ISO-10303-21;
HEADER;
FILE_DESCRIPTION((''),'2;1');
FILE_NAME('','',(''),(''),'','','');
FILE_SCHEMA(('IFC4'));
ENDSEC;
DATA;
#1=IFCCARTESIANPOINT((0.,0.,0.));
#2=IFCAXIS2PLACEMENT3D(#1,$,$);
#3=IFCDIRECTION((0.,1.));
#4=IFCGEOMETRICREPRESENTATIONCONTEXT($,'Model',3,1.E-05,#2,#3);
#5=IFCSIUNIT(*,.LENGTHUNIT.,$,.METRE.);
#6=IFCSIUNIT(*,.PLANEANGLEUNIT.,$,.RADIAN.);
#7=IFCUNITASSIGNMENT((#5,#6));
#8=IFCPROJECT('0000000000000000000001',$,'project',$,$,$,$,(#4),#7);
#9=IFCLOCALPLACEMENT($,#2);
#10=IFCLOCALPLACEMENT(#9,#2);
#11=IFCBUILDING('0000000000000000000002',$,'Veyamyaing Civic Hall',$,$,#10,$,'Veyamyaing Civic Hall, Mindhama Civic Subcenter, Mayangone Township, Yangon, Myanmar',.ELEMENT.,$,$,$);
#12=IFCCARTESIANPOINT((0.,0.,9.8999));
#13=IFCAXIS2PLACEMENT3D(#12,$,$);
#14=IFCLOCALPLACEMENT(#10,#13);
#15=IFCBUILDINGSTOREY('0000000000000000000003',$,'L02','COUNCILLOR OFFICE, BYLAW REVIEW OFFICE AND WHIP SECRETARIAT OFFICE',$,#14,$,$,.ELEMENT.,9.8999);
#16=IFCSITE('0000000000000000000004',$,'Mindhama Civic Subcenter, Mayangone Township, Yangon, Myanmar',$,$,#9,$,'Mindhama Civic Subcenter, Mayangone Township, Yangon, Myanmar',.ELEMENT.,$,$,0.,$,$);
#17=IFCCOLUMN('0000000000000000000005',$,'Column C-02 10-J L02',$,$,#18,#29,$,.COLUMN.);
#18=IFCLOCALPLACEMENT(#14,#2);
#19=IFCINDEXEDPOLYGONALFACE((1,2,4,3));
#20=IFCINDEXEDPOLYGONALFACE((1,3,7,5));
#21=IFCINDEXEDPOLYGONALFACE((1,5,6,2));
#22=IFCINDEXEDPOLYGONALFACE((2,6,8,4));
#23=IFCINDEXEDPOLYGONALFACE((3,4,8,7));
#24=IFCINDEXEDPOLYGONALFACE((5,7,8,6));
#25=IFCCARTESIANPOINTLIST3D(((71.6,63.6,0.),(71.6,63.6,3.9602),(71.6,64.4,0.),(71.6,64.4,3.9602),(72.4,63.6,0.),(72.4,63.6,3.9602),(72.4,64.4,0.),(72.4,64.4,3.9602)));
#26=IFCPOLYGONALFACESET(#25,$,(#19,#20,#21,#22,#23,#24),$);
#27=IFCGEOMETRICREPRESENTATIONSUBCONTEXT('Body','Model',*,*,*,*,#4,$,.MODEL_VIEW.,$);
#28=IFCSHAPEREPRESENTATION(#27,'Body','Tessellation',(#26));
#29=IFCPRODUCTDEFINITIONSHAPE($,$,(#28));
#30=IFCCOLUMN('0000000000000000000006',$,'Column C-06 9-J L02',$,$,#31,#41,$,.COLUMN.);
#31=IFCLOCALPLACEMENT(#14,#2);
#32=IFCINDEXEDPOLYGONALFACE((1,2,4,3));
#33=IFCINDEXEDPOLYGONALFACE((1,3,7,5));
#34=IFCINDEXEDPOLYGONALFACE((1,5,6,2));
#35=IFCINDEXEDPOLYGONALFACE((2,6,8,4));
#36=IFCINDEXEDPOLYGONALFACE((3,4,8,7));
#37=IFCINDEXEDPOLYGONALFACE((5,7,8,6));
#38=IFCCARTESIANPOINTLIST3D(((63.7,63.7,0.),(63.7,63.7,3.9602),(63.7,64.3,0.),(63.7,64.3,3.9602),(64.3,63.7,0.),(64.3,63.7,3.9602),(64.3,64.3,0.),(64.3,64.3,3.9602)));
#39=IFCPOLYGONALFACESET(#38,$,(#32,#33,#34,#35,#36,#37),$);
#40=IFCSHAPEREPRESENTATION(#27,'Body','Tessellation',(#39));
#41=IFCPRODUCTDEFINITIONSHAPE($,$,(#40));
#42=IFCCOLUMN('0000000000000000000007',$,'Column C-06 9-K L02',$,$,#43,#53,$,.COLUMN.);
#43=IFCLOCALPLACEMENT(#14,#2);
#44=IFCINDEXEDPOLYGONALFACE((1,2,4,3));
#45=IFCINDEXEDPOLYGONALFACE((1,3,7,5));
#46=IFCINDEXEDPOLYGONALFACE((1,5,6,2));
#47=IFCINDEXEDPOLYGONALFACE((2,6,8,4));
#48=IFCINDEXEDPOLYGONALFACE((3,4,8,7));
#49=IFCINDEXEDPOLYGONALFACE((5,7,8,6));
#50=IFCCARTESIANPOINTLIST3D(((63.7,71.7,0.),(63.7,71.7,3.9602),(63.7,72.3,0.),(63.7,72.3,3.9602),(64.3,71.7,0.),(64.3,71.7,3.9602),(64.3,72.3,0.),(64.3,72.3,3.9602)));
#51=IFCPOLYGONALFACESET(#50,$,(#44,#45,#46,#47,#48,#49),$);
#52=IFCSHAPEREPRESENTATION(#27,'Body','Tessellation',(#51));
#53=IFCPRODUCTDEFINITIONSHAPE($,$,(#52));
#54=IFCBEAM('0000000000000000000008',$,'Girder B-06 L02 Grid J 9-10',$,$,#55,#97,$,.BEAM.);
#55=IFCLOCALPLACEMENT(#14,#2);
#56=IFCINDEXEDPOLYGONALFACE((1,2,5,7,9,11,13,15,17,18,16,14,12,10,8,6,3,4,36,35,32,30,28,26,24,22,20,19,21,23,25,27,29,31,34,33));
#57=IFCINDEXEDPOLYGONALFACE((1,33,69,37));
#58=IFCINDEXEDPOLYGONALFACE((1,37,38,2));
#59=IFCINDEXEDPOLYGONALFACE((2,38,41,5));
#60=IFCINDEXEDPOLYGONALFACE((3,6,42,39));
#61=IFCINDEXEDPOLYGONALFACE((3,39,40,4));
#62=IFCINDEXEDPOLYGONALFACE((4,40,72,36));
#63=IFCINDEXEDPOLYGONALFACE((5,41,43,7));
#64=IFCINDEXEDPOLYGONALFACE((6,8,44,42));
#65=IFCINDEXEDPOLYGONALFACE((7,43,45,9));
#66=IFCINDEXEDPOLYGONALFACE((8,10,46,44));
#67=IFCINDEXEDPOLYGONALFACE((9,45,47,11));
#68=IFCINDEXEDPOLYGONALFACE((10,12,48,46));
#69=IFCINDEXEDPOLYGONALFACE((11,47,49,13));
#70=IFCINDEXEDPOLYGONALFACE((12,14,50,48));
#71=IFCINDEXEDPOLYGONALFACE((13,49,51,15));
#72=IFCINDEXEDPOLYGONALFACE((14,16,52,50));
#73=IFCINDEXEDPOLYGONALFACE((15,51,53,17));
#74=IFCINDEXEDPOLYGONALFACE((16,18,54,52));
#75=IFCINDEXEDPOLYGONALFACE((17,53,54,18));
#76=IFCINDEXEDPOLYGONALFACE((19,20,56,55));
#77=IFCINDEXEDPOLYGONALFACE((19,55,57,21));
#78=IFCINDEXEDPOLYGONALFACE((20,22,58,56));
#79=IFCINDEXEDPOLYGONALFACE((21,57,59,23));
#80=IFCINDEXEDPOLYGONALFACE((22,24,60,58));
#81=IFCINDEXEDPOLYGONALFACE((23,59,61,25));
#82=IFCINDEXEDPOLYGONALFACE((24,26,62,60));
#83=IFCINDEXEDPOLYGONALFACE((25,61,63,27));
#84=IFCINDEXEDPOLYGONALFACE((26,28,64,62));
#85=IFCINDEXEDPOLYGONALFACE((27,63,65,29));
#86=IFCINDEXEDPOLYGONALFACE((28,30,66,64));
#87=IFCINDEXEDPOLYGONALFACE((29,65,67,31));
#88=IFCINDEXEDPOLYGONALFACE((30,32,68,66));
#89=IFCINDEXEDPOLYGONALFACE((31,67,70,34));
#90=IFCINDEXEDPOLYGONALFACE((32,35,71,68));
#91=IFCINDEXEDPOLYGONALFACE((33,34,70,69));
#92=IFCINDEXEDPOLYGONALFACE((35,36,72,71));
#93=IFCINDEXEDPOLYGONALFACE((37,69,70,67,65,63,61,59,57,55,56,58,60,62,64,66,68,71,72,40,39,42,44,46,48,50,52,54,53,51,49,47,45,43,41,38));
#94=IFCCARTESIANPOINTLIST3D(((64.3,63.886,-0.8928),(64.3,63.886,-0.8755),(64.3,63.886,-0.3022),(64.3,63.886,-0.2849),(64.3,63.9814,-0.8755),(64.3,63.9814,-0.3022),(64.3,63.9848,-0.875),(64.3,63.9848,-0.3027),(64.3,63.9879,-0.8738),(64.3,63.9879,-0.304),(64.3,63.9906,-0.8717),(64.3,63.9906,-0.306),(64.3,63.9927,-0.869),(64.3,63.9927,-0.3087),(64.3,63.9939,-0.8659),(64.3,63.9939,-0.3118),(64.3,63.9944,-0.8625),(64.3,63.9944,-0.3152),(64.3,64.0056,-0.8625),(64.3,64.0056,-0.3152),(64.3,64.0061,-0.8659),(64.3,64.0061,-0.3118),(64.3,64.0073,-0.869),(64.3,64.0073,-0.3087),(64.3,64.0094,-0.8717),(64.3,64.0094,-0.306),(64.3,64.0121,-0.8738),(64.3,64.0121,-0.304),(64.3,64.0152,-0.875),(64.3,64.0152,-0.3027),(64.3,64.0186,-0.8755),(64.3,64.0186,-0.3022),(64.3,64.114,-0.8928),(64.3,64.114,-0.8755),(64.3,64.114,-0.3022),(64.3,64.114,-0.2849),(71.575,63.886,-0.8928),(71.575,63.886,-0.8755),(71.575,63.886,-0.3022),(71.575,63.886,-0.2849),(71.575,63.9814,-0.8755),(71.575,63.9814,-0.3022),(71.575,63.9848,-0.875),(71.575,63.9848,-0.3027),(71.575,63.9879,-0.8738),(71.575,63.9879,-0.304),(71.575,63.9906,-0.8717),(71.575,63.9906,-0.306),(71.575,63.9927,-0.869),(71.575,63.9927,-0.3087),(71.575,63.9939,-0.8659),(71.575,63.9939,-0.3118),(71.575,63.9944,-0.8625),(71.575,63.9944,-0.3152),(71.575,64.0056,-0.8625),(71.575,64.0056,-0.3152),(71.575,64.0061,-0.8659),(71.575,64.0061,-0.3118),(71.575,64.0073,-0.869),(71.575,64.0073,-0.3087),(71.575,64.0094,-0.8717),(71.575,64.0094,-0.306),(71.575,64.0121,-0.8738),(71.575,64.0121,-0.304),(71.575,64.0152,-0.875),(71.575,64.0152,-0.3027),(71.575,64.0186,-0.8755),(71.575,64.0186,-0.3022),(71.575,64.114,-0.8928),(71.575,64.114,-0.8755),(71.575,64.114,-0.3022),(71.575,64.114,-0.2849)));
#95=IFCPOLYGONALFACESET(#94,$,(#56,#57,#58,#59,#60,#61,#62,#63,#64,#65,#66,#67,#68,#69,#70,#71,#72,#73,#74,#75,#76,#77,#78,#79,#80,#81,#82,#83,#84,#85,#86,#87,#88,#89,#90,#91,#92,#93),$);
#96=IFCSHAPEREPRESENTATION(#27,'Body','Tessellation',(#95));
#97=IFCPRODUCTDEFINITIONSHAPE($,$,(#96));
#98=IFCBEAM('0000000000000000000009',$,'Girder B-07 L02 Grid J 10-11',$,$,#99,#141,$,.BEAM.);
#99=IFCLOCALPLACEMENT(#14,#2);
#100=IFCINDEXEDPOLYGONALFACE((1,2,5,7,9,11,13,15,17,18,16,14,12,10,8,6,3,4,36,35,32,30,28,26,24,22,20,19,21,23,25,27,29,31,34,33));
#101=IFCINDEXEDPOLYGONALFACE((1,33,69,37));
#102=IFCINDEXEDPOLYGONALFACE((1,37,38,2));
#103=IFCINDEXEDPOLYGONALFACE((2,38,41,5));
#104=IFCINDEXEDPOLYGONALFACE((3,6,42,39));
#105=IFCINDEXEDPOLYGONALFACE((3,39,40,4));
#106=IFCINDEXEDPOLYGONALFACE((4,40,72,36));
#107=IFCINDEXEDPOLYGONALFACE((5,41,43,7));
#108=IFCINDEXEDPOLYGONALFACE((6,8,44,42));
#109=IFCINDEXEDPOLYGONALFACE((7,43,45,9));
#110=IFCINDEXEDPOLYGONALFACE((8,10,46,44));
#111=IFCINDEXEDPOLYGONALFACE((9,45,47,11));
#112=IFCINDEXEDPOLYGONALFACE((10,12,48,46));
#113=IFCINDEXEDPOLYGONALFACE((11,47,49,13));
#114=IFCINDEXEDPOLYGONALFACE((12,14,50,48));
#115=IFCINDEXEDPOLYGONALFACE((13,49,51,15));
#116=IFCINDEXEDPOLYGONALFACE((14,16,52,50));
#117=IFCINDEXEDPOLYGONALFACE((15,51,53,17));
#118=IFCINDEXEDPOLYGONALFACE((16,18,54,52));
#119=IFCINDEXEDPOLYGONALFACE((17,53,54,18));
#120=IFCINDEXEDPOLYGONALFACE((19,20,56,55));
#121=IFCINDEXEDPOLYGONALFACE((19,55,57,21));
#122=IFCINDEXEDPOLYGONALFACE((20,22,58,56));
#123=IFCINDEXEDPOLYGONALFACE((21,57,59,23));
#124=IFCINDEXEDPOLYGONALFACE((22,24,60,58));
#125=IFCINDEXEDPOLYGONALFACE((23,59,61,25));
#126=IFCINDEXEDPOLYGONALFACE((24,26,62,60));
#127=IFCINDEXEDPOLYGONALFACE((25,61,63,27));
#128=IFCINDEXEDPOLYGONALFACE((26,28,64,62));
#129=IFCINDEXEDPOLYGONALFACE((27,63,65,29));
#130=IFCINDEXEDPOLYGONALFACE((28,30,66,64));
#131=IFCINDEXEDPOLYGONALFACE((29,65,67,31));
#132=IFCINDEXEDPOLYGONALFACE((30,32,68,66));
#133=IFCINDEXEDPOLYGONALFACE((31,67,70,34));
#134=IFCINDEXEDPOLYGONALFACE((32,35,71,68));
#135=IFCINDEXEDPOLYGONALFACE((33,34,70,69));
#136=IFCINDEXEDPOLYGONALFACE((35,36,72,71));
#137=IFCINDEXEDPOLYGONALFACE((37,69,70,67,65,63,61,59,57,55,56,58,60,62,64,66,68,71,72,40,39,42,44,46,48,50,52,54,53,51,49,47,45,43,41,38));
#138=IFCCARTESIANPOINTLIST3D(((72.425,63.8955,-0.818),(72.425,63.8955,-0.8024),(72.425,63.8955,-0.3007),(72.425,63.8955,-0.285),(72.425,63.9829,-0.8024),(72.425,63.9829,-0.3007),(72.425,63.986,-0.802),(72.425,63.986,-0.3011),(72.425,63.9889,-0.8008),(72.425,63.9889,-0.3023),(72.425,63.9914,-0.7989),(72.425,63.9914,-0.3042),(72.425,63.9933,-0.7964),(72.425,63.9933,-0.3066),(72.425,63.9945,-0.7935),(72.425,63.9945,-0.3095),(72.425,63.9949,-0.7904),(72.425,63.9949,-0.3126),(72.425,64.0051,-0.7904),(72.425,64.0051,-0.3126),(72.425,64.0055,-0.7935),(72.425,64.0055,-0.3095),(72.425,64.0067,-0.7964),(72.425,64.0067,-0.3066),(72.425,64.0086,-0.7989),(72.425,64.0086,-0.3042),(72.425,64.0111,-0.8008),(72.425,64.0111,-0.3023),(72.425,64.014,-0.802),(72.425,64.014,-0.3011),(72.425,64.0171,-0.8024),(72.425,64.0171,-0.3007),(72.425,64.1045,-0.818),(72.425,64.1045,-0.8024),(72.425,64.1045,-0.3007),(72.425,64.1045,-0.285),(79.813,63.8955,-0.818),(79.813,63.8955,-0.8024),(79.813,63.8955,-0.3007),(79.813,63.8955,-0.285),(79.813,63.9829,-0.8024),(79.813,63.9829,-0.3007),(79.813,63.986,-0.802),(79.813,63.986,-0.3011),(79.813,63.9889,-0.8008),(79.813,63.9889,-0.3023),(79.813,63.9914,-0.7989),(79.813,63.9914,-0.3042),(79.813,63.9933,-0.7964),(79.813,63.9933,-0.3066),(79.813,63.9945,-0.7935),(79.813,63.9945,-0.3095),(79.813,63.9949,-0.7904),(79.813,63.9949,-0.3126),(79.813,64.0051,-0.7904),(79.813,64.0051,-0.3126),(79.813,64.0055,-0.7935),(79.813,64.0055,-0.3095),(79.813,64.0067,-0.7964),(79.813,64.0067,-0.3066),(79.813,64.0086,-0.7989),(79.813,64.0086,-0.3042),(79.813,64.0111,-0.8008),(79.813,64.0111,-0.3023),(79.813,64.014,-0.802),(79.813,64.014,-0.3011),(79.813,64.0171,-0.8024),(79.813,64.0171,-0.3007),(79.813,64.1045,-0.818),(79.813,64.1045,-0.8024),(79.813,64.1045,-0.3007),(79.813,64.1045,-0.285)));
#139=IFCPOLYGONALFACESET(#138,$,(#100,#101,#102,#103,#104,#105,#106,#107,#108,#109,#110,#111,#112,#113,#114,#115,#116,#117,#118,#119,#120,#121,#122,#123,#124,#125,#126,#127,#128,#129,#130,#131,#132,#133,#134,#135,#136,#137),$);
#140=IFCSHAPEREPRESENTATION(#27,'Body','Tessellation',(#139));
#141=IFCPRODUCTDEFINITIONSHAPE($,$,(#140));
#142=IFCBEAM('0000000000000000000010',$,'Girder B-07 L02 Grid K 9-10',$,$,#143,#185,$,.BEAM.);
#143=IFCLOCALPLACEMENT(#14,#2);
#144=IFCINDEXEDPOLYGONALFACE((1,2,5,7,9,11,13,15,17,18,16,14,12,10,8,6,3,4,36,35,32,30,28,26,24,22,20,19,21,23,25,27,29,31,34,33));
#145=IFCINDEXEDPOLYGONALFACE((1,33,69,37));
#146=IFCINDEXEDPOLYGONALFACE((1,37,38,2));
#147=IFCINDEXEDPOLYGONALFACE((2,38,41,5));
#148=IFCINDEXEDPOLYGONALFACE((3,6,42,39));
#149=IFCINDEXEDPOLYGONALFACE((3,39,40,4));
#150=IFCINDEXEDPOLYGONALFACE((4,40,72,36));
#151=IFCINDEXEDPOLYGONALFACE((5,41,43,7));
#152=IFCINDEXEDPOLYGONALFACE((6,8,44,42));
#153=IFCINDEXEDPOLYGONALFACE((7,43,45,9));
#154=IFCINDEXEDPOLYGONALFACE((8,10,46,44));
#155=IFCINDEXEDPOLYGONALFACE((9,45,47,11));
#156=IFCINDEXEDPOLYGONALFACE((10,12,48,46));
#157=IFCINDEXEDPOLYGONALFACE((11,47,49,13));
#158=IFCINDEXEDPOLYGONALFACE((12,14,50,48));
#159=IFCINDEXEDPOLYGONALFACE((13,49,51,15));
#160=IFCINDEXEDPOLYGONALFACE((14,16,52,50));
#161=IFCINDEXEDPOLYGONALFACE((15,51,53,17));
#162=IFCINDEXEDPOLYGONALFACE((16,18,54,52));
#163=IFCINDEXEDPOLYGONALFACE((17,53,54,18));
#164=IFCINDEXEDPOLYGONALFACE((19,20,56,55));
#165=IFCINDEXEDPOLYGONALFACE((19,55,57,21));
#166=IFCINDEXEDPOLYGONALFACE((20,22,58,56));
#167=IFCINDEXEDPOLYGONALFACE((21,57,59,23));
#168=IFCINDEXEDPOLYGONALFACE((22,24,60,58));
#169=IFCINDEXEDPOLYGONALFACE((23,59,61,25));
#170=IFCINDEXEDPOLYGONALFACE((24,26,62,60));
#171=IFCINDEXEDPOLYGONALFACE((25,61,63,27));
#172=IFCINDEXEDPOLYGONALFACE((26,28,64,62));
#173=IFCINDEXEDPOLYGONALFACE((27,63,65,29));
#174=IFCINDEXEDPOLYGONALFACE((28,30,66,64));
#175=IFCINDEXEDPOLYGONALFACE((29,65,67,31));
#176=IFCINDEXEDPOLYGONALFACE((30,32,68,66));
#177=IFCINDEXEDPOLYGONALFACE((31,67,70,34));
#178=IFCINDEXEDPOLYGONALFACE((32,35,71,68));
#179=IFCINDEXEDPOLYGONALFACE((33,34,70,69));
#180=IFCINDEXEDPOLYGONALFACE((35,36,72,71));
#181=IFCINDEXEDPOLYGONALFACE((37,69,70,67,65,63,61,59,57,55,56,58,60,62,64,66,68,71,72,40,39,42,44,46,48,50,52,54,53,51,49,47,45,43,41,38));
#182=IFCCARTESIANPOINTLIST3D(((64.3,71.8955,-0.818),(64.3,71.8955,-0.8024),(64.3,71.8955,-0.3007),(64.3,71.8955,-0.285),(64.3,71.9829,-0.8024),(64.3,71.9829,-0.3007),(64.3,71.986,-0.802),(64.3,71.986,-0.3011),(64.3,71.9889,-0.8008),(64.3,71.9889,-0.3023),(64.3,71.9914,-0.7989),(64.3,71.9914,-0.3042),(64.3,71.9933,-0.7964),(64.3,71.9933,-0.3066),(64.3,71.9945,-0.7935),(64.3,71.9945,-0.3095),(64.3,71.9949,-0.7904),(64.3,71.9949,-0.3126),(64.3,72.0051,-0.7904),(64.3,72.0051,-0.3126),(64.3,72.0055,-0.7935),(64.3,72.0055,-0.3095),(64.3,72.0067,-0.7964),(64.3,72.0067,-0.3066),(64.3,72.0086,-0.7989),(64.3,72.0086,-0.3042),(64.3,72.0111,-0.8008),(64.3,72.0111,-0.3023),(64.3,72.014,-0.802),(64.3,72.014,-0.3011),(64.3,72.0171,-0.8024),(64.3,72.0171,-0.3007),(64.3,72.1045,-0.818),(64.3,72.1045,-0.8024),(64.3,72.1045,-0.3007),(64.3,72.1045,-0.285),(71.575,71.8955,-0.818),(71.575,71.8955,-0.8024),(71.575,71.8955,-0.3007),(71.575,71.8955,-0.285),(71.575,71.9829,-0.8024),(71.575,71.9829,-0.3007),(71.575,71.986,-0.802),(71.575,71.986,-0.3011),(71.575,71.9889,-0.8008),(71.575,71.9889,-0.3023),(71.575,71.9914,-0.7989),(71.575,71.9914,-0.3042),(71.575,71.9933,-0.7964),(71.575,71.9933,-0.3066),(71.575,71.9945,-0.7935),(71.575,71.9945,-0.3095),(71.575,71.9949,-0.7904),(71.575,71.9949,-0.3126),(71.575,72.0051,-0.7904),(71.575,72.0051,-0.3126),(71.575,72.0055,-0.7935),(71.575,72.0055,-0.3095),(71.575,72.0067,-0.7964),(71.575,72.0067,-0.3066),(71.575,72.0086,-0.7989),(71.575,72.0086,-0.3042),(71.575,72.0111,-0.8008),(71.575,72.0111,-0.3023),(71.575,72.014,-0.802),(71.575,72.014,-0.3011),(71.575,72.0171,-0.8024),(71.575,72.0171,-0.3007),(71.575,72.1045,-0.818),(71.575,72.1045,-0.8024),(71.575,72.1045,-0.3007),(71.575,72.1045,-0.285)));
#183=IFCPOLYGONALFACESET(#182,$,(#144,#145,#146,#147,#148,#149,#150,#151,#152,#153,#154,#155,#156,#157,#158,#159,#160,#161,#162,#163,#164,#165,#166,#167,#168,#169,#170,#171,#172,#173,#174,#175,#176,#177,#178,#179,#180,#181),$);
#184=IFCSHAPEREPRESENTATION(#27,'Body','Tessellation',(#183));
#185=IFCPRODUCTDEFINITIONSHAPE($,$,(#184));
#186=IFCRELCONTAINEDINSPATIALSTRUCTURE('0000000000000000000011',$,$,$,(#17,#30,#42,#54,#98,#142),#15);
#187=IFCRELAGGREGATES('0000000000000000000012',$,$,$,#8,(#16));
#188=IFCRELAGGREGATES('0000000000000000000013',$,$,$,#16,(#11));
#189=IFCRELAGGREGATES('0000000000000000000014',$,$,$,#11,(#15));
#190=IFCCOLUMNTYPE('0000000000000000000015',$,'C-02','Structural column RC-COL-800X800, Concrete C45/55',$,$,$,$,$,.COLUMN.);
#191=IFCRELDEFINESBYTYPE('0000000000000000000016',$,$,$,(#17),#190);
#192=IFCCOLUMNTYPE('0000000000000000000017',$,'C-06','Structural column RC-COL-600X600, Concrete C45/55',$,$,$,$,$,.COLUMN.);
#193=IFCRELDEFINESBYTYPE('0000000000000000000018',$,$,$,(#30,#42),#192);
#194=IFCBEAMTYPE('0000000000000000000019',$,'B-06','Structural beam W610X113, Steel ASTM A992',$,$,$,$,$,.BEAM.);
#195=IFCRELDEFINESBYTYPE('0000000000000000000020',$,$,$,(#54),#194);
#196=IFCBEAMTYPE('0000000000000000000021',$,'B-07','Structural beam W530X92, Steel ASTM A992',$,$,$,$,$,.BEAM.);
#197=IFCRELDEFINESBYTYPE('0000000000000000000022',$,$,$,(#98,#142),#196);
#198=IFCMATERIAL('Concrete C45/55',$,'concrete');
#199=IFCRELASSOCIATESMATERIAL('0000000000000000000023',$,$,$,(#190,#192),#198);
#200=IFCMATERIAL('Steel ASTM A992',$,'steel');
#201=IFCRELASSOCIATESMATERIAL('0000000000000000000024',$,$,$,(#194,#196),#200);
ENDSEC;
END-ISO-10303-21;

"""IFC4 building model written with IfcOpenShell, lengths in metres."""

from ifc_helpers import new_model, si_unit, direction, frame, origin, origin_2d, place, context, subcontext, project, spatial, rectangle, i_section, extrude, material, material_profile, profile_set, type_object, element, save


model = new_model("IFC4")

# Units and contexts
model_context = context("Model", 3, precision=1e-05, world=origin(), true_north=direction((0.0, 1.0)))
body_context = subcontext(model_context, "Body", "Model", "MODEL_VIEW")
ifc_project = project(units=[si_unit("LENGTHUNIT", "METRE"), si_unit("PLANEANGLEUNIT", "RADIAN")], contexts=[model_context])

# Site, building, storey
site_placement = place(None, origin())
site = spatial("IfcSite", under=ifc_project, at=site_placement, Name="Mindhama Civic Subcenter, Mayangone Township, Yangon, Myanmar", LongName="Mindhama Civic Subcenter, Mayangone Township, Yangon, Myanmar", CompositionType="ELEMENT", RefElevation=0.0)
building_placement = place(site_placement, origin())
building = spatial("IfcBuilding", under=site, at=building_placement, Name="Veyamyaing Civic Hall", LongName="Veyamyaing Civic Hall, Mindhama Civic Subcenter, Mayangone Township, Yangon, Myanmar", CompositionType="ELEMENT")
storey_placement = place(building_placement, frame((0.0, 0.0, 9.8999)))
storey = spatial("IfcBuildingStorey", under=building, at=storey_placement, Name="L02", Description="COUNCILLOR OFFICE, BYLAW REVIEW OFFICE AND WHIP SECRETARIAT OFFICE", CompositionType="ELEMENT", Elevation=9.8999)

# Columns
ifc_material_1 = material(Name="Concrete C45/55", Category="concrete")
ifc_material_profile_1 = material_profile(ifc_material_1, rectangle(XDim=0.8, YDim=0.8, at=origin_2d()), Name="RC-COL-800X800")
ifc_profile_set_1 = profile_set([ifc_material_profile_1], Name="Concrete C45/55")
column_type_1 = type_object("IfcColumnType", Name="C-02", Description="Structural column RC-COL-800X800, Concrete C45/55", PredefinedType="COLUMN", material=ifc_profile_set_1)
column_placement = place(storey_placement, frame((72.0, 64.0, 0.0), z_axis=(0.0, 0.0, 1.0), x_axis=(1.0, 0.0, 0.0)))
element("IfcColumn", 1, at=column_placement, inside=storey, type_object=column_type_1, Name="Column C-02 10-J L02", PredefinedType="COLUMN", context=body_context, shape_type="SweptSolid", body=[
    extrude(rectangle(XDim=0.8, YDim=0.8, at=origin_2d()), origin(), (0.0, 0.0, 1.0), 3.9602),
])
ifc_material_profile_2 = material_profile(ifc_material_1, rectangle(XDim=0.6001, YDim=0.6001, at=origin_2d()), Name="RC-COL-600X600")
ifc_profile_set_2 = profile_set([ifc_material_profile_2], Name="Concrete C45/55")
column_type_2 = type_object("IfcColumnType", Name="C-06", Description="Structural column RC-COL-600X600, Concrete C45/55", PredefinedType="COLUMN", material=ifc_profile_set_2)
for number, where, z_axis, x_axis, name in (
    (2, (64.0, 64.0, 0.0), (0.0, 0.0, 1.0), (1.0, 0.0, 0.0), "Column C-06 9-J L02"),
    (3, (64.0, 72.0, 0.0), (0.0, 0.0, 1.0), (1.0, 0.0, 0.0), "Column C-06 9-K L02"),
):
    element("IfcColumn", number, at=place(storey_placement, frame(where, z_axis=z_axis, x_axis=x_axis)), inside=storey, type_object=column_type_2, Name=name, PredefinedType="COLUMN", context=body_context, shape_type="SweptSolid", body=[
        extrude(rectangle(XDim=0.6001, YDim=0.6001, at=origin_2d()), origin(), (0.0, 0.0, 1.0), 3.9602),
    ])

# Beams
ifc_material_2 = material(Name="Steel ASTM A992", Category="steel")
ifc_material_profile_3 = material_profile(ifc_material_2, i_section(OverallWidth=0.228, OverallDepth=0.6079, WebThickness=0.0112, FlangeThickness=0.0173, FilletRadius=0.0129, at=origin_2d()), Name="W610X113")
ifc_profile_set_3 = profile_set([ifc_material_profile_3], Name="Steel ASTM A992")
beam_type_1 = type_object("IfcBeamType", Name="B-06", Description="Structural beam W610X113, Steel ASTM A992", PredefinedType="BEAM", material=ifc_profile_set_3)
beam_1_placement = place(storey_placement, frame((64.3, 64.0, -0.5889), z_axis=(1.0, 0.0, 0.0), x_axis=(0.0, 1.0, 0.0)))
element("IfcBeam", 4, at=beam_1_placement, inside=storey, type_object=beam_type_1, Name="Girder B-06 L02 Grid J 9-10", PredefinedType="BEAM", context=body_context, shape_type="SweptSolid", body=[
    extrude(i_section(OverallWidth=0.228, OverallDepth=0.6079, WebThickness=0.0112, FlangeThickness=0.0173, FilletRadius=0.0129, at=origin_2d()), origin(), (0.0, 0.0, 1.0), 7.2749),
])
ifc_material_profile_4 = material_profile(ifc_material_2, i_section(OverallWidth=0.209, OverallDepth=0.533, WebThickness=0.0103, FlangeThickness=0.0156, FilletRadius=0.012, at=origin_2d()), Name="W530X92")
ifc_profile_set_4 = profile_set([ifc_material_profile_4], Name="Steel ASTM A992")
beam_type_2 = type_object("IfcBeamType", Name="B-07", Description="Structural beam W530X92, Steel ASTM A992", PredefinedType="BEAM", material=ifc_profile_set_4)
beam_2_placement = place(storey_placement, frame((72.425, 64.0, -0.5515), z_axis=(1.0, 0.0, 0.0), x_axis=(0.0, 1.0, 0.0)))
element("IfcBeam", 5, at=beam_2_placement, inside=storey, type_object=beam_type_2, Name="Girder B-07 L02 Grid J 10-11", PredefinedType="BEAM", context=body_context, shape_type="SweptSolid", body=[
    extrude(i_section(OverallWidth=0.209, OverallDepth=0.533, WebThickness=0.0103, FlangeThickness=0.0156, FilletRadius=0.012, at=origin_2d()), origin(), (0.0, 0.0, 1.0), 7.3879),
])
beam_3_placement = place(storey_placement, frame((64.3, 72.0, -0.5515), z_axis=(1.0, 0.0, 0.0), x_axis=(0.0, 1.0, 0.0)))
element("IfcBeam", 6, at=beam_3_placement, inside=storey, type_object=beam_type_2, Name="Girder B-07 L02 Grid K 9-10", PredefinedType="BEAM", context=body_context, shape_type="SweptSolid", body=[
    extrude(i_section(OverallWidth=0.209, OverallDepth=0.533, WebThickness=0.0103, FlangeThickness=0.0156, FilletRadius=0.012, at=origin_2d()), origin(), (0.0, 0.0, 1.0), 7.2749),
])

save(model, "model.ifc")
